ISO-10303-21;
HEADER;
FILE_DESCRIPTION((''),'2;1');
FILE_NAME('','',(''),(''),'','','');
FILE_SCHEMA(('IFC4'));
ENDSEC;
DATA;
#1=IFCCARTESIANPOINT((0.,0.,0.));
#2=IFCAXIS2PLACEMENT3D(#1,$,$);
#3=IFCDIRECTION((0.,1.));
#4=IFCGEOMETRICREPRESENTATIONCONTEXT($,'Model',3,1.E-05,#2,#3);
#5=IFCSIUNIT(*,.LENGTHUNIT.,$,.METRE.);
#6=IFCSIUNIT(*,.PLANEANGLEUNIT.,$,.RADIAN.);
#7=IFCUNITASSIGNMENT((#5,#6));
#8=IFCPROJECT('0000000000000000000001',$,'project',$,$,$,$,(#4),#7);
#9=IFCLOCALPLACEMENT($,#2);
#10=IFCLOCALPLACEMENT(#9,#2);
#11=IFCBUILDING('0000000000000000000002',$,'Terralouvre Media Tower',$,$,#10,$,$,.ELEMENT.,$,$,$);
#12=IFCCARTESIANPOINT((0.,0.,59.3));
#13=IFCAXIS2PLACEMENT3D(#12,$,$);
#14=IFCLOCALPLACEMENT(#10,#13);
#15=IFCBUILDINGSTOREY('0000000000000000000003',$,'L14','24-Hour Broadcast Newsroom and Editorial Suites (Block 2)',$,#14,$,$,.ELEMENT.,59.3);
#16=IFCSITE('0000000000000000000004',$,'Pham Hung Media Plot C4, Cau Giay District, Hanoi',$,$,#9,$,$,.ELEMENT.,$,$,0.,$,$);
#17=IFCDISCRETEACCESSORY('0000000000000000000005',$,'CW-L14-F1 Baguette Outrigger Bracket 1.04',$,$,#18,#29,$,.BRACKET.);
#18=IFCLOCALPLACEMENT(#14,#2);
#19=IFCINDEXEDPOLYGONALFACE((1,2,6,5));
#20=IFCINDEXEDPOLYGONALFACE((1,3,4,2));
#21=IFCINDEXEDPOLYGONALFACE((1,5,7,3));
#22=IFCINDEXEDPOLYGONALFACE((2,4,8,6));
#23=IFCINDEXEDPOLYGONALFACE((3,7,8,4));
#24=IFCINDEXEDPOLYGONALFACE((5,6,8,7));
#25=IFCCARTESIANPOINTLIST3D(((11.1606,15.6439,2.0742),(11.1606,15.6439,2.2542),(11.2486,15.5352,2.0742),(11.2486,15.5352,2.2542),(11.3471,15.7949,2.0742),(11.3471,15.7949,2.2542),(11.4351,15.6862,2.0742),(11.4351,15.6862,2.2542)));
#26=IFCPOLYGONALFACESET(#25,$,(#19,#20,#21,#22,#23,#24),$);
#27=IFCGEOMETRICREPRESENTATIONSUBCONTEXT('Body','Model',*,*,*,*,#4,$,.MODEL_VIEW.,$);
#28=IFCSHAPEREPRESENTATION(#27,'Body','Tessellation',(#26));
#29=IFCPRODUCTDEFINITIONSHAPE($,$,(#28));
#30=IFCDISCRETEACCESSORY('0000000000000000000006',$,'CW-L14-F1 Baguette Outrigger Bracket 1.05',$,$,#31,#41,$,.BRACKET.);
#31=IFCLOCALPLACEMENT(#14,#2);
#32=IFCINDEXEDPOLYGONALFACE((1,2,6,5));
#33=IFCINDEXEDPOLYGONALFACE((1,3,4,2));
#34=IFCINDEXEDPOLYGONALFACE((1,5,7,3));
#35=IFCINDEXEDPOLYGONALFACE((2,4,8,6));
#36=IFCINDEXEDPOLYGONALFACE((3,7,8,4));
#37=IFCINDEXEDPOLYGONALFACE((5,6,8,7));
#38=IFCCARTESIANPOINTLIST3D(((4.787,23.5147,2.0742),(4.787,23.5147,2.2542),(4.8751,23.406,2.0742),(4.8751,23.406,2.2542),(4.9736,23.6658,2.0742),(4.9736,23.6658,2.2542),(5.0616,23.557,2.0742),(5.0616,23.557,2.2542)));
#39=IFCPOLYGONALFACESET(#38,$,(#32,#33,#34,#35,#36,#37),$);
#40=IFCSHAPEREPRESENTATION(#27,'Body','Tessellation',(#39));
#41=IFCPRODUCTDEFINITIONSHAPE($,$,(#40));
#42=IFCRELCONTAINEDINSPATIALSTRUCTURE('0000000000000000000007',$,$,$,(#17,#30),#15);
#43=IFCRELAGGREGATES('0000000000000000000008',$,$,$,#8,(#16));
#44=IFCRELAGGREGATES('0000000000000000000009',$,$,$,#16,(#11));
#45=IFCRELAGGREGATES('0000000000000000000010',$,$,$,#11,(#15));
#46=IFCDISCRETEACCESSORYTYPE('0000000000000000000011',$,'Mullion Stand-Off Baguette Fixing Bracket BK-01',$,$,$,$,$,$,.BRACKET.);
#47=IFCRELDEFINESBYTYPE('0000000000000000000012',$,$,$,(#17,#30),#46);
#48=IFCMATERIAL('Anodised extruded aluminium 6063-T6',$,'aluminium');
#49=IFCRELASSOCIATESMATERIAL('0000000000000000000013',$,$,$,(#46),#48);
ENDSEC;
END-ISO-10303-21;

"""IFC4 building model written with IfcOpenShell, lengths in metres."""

from ifc_helpers import new_model, si_unit, direction, frame, origin, origin_2d, place, context, subcontext, project, spatial, rectangle, extrude, material, type_object, element, save


model = new_model("IFC4")

# Units and contexts
model_context = context("Model", 3, precision=1e-05, world=origin(), true_north=direction((0.0, 1.0)))
body_context = subcontext(model_context, "Body", "Model", "MODEL_VIEW")
ifc_project = project(units=[si_unit("LENGTHUNIT", "METRE"), si_unit("PLANEANGLEUNIT", "RADIAN")], contexts=[model_context])

# Site, building, storey
site_placement = place(None, origin())
site = spatial("IfcSite", under=ifc_project, at=site_placement, Name="Pham Hung Media Plot C4, Cau Giay District, Hanoi", CompositionType="ELEMENT", RefElevation=0.0)
building_placement = place(site_placement, origin())
building = spatial("IfcBuilding", under=site, at=building_placement, Name="Terralouvre Media Tower", CompositionType="ELEMENT")
storey_placement = place(building_placement, frame((0.0, 0.0, 59.3)))
storey = spatial("IfcBuildingStorey", under=building, at=storey_placement, Name="L14", Description="24-Hour Broadcast Newsroom and Editorial Suites (Block 2)", CompositionType="ELEMENT", Elevation=59.3)

# Discrete accessories
ifc_material_1 = material(Name="Anodised extruded aluminium 6063-T6", Category="aluminium")
discrete_accessory_type = type_object("IfcDiscreteAccessoryType", Name="Mullion Stand-Off Baguette Fixing Bracket BK-01", PredefinedType="BRACKET", material=ifc_material_1)
for number, where, z_axis, x_axis, name in (
    (1, (11.2979, 15.665, 2.0742), (0.0, 0.0, 1.0), (-0.62932, 0.777146, 0.0), "CW-L14-F1 Baguette Outrigger Bracket 1.04"),
    (2, (4.9243, 23.5359, 2.0742), (0.0, 0.0, 1.0), (-0.62932, 0.777146, 0.0), "CW-L14-F1 Baguette Outrigger Bracket 1.05"),
):
    element("IfcDiscreteAccessory", number, at=place(storey_placement, frame(where, z_axis=z_axis, x_axis=x_axis)), inside=storey, type_object=discrete_accessory_type, Name=name, PredefinedType="BRACKET", context=body_context, shape_type="SweptSolid", body=[
        extrude(rectangle(XDim=0.1399, YDim=0.24, at=origin_2d()), origin(), (0.0, 0.0, 1.0), 0.1799),
    ])

save(model, "model.ifc")
